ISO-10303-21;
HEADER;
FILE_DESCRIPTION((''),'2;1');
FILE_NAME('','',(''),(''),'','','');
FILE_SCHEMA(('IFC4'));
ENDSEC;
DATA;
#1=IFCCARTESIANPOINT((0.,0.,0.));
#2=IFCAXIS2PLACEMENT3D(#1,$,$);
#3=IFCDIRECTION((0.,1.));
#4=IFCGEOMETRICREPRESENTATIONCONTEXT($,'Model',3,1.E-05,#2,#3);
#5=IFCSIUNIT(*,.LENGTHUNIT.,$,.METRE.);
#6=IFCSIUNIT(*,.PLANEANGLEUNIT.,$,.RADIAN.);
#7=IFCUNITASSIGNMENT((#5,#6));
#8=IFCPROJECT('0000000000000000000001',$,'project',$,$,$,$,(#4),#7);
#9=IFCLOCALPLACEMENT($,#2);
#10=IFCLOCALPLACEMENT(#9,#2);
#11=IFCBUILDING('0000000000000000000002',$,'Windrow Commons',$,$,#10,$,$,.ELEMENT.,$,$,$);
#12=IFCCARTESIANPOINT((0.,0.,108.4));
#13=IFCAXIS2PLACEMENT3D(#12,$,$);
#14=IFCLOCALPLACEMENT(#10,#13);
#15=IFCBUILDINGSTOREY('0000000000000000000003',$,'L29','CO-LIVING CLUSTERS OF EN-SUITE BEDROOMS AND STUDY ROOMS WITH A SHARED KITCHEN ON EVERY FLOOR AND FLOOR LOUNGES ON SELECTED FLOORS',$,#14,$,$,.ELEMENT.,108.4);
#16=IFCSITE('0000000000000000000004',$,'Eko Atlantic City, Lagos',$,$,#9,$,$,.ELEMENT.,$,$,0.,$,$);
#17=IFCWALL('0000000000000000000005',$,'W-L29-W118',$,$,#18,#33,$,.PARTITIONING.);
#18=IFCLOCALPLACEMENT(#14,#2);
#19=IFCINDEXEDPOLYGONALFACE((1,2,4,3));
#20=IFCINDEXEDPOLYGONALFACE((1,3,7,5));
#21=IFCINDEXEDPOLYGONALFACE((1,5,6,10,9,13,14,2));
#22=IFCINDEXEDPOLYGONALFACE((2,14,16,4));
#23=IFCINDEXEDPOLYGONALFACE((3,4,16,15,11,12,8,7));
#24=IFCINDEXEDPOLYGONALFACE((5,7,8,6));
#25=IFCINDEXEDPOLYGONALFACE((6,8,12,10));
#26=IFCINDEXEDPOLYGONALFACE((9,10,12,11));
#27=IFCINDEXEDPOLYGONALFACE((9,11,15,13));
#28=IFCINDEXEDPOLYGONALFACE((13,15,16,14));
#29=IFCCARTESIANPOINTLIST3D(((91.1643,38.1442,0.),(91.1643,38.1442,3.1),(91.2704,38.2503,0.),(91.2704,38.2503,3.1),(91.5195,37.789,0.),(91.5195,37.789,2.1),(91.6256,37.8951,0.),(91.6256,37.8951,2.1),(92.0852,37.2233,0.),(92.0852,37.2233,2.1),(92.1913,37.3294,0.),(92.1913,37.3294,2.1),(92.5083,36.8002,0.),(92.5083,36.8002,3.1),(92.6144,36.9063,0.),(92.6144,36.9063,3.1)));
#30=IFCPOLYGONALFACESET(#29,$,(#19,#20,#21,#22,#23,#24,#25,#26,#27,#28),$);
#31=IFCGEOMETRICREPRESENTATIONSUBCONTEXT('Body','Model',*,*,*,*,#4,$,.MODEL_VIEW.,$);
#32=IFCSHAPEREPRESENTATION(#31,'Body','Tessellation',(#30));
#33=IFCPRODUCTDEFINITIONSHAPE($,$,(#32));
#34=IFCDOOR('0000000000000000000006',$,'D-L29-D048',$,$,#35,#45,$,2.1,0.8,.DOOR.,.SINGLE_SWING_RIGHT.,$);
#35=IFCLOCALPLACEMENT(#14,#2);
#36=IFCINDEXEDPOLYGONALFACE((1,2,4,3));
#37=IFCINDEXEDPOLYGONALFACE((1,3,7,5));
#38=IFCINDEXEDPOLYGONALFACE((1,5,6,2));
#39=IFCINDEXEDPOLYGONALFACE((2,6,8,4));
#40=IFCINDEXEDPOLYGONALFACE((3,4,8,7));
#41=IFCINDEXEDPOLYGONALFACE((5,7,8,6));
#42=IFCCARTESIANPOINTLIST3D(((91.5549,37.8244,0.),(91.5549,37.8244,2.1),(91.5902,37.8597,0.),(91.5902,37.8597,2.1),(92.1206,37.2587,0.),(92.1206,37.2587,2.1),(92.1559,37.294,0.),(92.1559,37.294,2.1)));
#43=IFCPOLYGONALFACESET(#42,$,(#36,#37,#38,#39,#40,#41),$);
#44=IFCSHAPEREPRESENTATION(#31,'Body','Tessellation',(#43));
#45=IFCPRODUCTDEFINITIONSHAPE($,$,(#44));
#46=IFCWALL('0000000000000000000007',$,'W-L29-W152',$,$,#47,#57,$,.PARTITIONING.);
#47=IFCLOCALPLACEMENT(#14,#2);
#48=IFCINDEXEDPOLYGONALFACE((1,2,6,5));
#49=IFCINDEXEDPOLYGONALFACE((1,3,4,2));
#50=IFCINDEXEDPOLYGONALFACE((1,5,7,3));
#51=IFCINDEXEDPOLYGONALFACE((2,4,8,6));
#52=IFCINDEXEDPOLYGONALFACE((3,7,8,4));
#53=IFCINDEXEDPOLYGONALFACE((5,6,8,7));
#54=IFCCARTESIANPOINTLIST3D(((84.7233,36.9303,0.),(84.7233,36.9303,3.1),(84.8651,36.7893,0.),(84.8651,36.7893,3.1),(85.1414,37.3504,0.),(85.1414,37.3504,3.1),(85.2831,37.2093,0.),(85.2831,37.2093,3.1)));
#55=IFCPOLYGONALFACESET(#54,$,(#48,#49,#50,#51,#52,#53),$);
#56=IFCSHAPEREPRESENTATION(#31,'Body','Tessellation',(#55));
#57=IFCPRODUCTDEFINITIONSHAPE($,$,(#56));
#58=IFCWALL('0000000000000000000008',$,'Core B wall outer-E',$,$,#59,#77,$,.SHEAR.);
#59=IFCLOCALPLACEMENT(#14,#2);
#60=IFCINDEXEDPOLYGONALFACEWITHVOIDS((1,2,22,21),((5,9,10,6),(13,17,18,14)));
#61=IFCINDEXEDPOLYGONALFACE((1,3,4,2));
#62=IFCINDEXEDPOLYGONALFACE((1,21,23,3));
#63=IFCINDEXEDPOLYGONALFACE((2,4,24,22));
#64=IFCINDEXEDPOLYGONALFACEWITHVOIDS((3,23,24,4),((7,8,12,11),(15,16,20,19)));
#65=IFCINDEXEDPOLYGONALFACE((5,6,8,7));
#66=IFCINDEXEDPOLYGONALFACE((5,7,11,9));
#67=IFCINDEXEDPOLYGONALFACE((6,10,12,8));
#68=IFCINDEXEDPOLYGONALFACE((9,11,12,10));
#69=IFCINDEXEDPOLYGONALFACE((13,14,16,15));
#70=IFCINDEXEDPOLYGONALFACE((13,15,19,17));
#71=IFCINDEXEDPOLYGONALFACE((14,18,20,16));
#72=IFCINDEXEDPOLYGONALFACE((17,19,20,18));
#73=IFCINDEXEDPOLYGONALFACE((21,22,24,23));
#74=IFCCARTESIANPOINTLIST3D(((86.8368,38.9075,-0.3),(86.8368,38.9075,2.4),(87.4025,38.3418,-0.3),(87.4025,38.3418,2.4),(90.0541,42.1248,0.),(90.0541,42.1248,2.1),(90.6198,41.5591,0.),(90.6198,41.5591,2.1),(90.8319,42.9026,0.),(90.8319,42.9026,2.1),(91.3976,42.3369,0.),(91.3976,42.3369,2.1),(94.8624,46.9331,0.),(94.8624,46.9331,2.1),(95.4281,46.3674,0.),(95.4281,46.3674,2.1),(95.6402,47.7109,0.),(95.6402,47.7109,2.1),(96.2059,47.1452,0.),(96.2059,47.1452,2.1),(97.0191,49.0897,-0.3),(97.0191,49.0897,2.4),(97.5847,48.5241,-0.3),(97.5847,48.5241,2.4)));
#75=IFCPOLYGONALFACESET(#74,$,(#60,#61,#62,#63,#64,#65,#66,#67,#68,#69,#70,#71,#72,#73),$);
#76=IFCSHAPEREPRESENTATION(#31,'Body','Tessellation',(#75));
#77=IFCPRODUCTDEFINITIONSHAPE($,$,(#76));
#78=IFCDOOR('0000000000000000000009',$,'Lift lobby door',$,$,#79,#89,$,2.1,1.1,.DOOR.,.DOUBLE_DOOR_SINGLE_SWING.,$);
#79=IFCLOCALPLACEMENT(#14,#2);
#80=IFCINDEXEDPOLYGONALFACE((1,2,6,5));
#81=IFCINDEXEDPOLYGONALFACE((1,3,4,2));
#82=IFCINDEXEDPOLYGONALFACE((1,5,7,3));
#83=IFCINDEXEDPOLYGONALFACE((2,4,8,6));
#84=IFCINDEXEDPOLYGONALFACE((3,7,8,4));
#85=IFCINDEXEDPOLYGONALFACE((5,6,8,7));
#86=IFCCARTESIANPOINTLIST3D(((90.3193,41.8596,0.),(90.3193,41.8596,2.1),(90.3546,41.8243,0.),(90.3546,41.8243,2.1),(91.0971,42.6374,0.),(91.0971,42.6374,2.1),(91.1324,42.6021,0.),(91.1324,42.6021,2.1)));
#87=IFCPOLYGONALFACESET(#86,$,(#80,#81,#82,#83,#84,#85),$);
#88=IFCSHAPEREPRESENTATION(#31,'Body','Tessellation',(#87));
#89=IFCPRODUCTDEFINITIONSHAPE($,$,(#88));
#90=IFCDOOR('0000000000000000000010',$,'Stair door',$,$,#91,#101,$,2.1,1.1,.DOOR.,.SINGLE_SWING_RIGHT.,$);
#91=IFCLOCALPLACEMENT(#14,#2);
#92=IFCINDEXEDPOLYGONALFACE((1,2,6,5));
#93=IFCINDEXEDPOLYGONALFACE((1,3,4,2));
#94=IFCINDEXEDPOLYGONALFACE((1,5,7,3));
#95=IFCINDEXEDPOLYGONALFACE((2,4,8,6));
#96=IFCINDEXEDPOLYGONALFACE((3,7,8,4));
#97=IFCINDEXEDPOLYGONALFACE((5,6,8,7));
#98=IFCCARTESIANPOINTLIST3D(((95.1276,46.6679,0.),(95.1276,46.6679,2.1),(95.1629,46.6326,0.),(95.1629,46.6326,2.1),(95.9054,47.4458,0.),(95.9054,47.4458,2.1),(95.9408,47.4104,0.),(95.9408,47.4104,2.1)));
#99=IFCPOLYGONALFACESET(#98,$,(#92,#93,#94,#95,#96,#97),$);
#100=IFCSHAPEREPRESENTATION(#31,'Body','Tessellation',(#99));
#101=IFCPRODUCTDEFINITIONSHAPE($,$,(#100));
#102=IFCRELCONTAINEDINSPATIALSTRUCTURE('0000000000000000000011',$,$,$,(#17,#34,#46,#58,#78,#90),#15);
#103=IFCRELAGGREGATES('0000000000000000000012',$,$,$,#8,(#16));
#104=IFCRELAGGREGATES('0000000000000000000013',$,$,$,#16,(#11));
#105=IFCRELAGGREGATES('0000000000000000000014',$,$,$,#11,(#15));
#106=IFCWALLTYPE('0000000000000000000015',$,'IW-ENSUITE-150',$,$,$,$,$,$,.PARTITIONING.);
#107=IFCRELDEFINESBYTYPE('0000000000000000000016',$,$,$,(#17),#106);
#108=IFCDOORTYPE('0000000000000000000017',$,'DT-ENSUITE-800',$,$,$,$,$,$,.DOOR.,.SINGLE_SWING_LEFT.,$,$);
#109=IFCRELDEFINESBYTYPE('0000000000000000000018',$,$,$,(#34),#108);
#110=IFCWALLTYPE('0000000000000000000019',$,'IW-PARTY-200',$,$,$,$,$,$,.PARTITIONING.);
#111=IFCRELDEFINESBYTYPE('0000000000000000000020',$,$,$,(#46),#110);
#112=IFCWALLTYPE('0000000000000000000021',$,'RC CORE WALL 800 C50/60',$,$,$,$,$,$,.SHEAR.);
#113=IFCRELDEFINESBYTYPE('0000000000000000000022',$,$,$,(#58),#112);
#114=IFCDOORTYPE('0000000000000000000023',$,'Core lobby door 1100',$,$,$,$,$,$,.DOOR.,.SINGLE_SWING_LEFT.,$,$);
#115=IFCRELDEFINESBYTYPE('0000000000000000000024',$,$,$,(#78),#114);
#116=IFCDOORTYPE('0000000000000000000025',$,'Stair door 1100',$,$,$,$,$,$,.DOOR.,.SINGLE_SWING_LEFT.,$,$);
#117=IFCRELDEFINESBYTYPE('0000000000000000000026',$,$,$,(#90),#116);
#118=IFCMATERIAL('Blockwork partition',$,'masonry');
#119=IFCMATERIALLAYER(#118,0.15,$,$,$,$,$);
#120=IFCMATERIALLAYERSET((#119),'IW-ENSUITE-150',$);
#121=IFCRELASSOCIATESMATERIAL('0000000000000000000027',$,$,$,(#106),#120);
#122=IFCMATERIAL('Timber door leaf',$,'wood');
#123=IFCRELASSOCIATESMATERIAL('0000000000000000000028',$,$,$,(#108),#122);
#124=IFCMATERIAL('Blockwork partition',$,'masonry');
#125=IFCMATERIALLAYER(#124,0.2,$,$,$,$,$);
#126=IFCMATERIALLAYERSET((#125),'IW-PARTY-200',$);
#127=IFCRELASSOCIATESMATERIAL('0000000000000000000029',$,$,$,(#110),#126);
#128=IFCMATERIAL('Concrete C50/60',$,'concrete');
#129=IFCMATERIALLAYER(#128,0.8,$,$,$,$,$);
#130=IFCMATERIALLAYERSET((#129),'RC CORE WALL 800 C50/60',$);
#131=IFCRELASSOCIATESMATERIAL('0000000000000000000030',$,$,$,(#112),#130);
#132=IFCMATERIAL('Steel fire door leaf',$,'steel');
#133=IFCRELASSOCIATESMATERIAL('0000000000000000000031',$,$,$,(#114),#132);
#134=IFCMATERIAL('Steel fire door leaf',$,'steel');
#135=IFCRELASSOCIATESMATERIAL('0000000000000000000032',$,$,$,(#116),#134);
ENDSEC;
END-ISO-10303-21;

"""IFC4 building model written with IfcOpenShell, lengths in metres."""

from ifc_helpers import new_model, si_unit, direction, frame, frame_2d, origin, place, context, subcontext, project, spatial, rectangle, extrude, material, layer, layer_set, type_object, element, fill, save


model = new_model("IFC4")

# Units and contexts
model_context = context("Model", 3, precision=1e-05, world=origin(), true_north=direction((0.0, 1.0)))
body_context = subcontext(model_context, "Body", "Model", "MODEL_VIEW")
ifc_project = project(units=[si_unit("LENGTHUNIT", "METRE"), si_unit("PLANEANGLEUNIT", "RADIAN")], contexts=[model_context])

# Site, building, storey
site_placement = place(None, origin())
site = spatial("IfcSite", under=ifc_project, at=site_placement, Name="Eko Atlantic City, Lagos", CompositionType="ELEMENT", RefElevation=0.0)
building_placement = place(site_placement, origin())
building = spatial("IfcBuilding", under=site, at=building_placement, Name="Windrow Commons", CompositionType="ELEMENT")
storey_placement = place(building_placement, frame((0.0, 0.0, 108.4)))
storey = spatial("IfcBuildingStorey", under=building, at=storey_placement, Name="L29", Description="CO-LIVING CLUSTERS OF EN-SUITE BEDROOMS AND STUDY ROOMS WITH A SHARED KITCHEN ON EVERY FLOOR AND FLOOR LOUNGES ON SELECTED FLOORS", CompositionType="ELEMENT", Elevation=108.4)

# Shared definitions
ifc_material_1 = material(Name="Blockwork partition", Category="masonry")
ifc_layer_1 = layer(ifc_material_1, 0.15)
ifc_layer_set_1 = layer_set([ifc_layer_1], Name="IW-ENSUITE-150")
wall_type_1 = type_object("IfcWallType", Name="IW-ENSUITE-150", PredefinedType="PARTITIONING", material=ifc_layer_set_1)

# Wall, opening, door
wall_1_placement = place(storey_placement, frame((91.2173, 38.1973, 0.0), z_axis=(0.0, 0.0, 1.0), x_axis=(0.707107, -0.707107, 0.0)))
wall_1 = element("IfcWall", 1, at=wall_1_placement, inside=storey, type_object=wall_type_1, Name="W-L29-W118", PredefinedType="PARTITIONING", context=body_context, shape_type="SweptSolid", body=[
    extrude(rectangle(XDim=1.9007, YDim=0.15, at=frame_2d((0.9504, 0.0))), origin(), (0.0, 0.0, 1.0), 3.1),
])
opening_1_placement = place(wall_1_placement, frame((0.5024, 0.0, 0.0)))
opening_1 = element("IfcOpeningElement", 2, at=opening_1_placement, cuts=wall_1, PredefinedType="OPENING", context=body_context, shape_type="SweptSolid", body=[
    extrude(rectangle(XDim=0.8, YDim=2.1, at=frame_2d((0.4, 1.05))), frame((0.0, 0.085, 0.0), z_axis=(0.0, -1.0, 0.0), x_axis=(1.0, 0.0, 0.0)), (0.0, 0.0, 1.0), 0.17),
])
ifc_material_2 = material(Name="Timber door leaf", Category="wood")
door_type_1 = type_object("IfcDoorType", Name="DT-ENSUITE-800", OperationType="SINGLE_SWING_LEFT", PredefinedType="DOOR", material=ifc_material_2)
door_1_placement = place(opening_1_placement, origin())
door_1 = element("IfcDoor", 3, at=door_1_placement, inside=storey, type_object=door_type_1, Name="D-L29-D048", OperationType="SINGLE_SWING_RIGHT", OverallHeight=2.1, OverallWidth=0.8, PredefinedType="DOOR", context=body_context, shape_type="SweptSolid", body=[
    extrude(rectangle(XDim=0.8, YDim=2.1, at=frame_2d((0.4, 1.05))), frame((0.0, 0.025, 0.0), z_axis=(0.0, -1.0, 0.0), x_axis=(1.0, 0.0, 0.0)), (0.0, 0.0, 1.0), 0.05),
])
fill(opening_1, door_1)

# Wall
ifc_material_3 = material(Name="Blockwork partition", Category="masonry")
ifc_layer_2 = layer(ifc_material_3, 0.2)
ifc_layer_set_2 = layer_set([ifc_layer_2], Name="IW-PARTY-200")
wall_type_2 = type_object("IfcWallType", Name="IW-PARTY-200", PredefinedType="PARTITIONING", material=ifc_layer_set_2)
wall_2_placement = place(storey_placement, frame((84.7942, 36.8598, 0.0), z_axis=(0.0, 0.0, 1.0), x_axis=(0.705417, 0.708792, 0.0)))
element("IfcWall", 4, at=wall_2_placement, inside=storey, type_object=wall_type_2, Name="W-L29-W152", PredefinedType="PARTITIONING", context=body_context, shape_type="SweptSolid", body=[
    extrude(rectangle(XDim=0.5926, YDim=0.2, at=frame_2d((0.2963, 0.0))), origin(), (0.0, 0.0, 1.0), 3.1),
])

# Wall, openings, doors
ifc_material_4 = material(Name="Concrete C50/60", Category="concrete")
ifc_layer_3 = layer(ifc_material_4, 0.8)
ifc_layer_set_3 = layer_set([ifc_layer_3], Name="RC CORE WALL 800 C50/60")
wall_type_3 = type_object("IfcWallType", Name="RC CORE WALL 800 C50/60", PredefinedType="SHEAR", material=ifc_layer_set_3)
wall_3_placement = place(storey_placement, frame((87.1196, 38.6246, -0.3), z_axis=(0.0, 0.0, 1.0), x_axis=(0.707107, 0.707107, 0.0)))
wall_3 = element("IfcWall", 5, at=wall_3_placement, inside=storey, type_object=wall_type_3, Name="Core B wall outer-E", PredefinedType="SHEAR", context=body_context, shape_type="SweptSolid", body=[
    extrude(rectangle(XDim=14.3999, YDim=0.8, at=frame_2d((7.2, 0.0))), origin(), (0.0, 0.0, 1.0), 2.7),
])
opening_2_placement = place(wall_3_placement, frame((4.55, 0.0, 0.3)))
opening_2 = element("IfcOpeningElement", 6, at=opening_2_placement, cuts=wall_3, PredefinedType="OPENING", context=body_context, shape_type="SweptSolid", body=[
    extrude(rectangle(XDim=1.1, YDim=2.1, at=frame_2d((0.55, 1.05))), frame((0.0, 0.41, 0.0), z_axis=(0.0, -1.0, 0.0), x_axis=(1.0, 0.0, 0.0)), (0.0, 0.0, 1.0), 0.82),
])
opening_3_placement = place(wall_3_placement, frame((11.35, 0.0, 0.3)))
opening_3 = element("IfcOpeningElement", 7, at=opening_3_placement, cuts=wall_3, PredefinedType="OPENING", context=body_context, shape_type="SweptSolid", body=[
    extrude(rectangle(XDim=1.1, YDim=2.1, at=frame_2d((0.55, 1.05))), frame((0.0, 0.41, 0.0), z_axis=(0.0, -1.0, 0.0), x_axis=(1.0, 0.0, 0.0)), (0.0, 0.0, 1.0), 0.82),
])
ifc_material_5 = material(Name="Steel fire door leaf", Category="steel")
door_type_2 = type_object("IfcDoorType", Name="Core lobby door 1100", OperationType="SINGLE_SWING_LEFT", PredefinedType="DOOR", material=ifc_material_5)
door_2_placement = place(opening_2_placement, origin())
door_2 = element("IfcDoor", 8, at=door_2_placement, inside=storey, type_object=door_type_2, Name="Lift lobby door", OperationType="DOUBLE_DOOR_SINGLE_SWING", OverallHeight=2.1, OverallWidth=1.1, PredefinedType="DOOR", context=body_context, shape_type="SweptSolid", body=[
    extrude(rectangle(XDim=1.1, YDim=2.1, at=frame_2d((0.55, 1.05))), frame((0.0, 0.025, 0.0), z_axis=(0.0, -1.0, 0.0), x_axis=(1.0, 0.0, 0.0)), (0.0, 0.0, 1.0), 0.05),
])
fill(opening_2, door_2)
ifc_material_6 = material(Name="Steel fire door leaf", Category="steel")
door_type_3 = type_object("IfcDoorType", Name="Stair door 1100", OperationType="SINGLE_SWING_LEFT", PredefinedType="DOOR", material=ifc_material_6)
door_3_placement = place(opening_3_placement, origin())
door_3 = element("IfcDoor", 9, at=door_3_placement, inside=storey, type_object=door_type_3, Name="Stair door", OperationType="SINGLE_SWING_RIGHT", OverallHeight=2.1, OverallWidth=1.1, PredefinedType="DOOR", context=body_context, shape_type="SweptSolid", body=[
    extrude(rectangle(XDim=1.1, YDim=2.1, at=frame_2d((0.55, 1.05))), frame((0.0, 0.025, 0.0), z_axis=(0.0, -1.0, 0.0), x_axis=(1.0, 0.0, 0.0)), (0.0, 0.0, 1.0), 0.05),
])
fill(opening_3, door_3)

save(model, "model.ifc")
